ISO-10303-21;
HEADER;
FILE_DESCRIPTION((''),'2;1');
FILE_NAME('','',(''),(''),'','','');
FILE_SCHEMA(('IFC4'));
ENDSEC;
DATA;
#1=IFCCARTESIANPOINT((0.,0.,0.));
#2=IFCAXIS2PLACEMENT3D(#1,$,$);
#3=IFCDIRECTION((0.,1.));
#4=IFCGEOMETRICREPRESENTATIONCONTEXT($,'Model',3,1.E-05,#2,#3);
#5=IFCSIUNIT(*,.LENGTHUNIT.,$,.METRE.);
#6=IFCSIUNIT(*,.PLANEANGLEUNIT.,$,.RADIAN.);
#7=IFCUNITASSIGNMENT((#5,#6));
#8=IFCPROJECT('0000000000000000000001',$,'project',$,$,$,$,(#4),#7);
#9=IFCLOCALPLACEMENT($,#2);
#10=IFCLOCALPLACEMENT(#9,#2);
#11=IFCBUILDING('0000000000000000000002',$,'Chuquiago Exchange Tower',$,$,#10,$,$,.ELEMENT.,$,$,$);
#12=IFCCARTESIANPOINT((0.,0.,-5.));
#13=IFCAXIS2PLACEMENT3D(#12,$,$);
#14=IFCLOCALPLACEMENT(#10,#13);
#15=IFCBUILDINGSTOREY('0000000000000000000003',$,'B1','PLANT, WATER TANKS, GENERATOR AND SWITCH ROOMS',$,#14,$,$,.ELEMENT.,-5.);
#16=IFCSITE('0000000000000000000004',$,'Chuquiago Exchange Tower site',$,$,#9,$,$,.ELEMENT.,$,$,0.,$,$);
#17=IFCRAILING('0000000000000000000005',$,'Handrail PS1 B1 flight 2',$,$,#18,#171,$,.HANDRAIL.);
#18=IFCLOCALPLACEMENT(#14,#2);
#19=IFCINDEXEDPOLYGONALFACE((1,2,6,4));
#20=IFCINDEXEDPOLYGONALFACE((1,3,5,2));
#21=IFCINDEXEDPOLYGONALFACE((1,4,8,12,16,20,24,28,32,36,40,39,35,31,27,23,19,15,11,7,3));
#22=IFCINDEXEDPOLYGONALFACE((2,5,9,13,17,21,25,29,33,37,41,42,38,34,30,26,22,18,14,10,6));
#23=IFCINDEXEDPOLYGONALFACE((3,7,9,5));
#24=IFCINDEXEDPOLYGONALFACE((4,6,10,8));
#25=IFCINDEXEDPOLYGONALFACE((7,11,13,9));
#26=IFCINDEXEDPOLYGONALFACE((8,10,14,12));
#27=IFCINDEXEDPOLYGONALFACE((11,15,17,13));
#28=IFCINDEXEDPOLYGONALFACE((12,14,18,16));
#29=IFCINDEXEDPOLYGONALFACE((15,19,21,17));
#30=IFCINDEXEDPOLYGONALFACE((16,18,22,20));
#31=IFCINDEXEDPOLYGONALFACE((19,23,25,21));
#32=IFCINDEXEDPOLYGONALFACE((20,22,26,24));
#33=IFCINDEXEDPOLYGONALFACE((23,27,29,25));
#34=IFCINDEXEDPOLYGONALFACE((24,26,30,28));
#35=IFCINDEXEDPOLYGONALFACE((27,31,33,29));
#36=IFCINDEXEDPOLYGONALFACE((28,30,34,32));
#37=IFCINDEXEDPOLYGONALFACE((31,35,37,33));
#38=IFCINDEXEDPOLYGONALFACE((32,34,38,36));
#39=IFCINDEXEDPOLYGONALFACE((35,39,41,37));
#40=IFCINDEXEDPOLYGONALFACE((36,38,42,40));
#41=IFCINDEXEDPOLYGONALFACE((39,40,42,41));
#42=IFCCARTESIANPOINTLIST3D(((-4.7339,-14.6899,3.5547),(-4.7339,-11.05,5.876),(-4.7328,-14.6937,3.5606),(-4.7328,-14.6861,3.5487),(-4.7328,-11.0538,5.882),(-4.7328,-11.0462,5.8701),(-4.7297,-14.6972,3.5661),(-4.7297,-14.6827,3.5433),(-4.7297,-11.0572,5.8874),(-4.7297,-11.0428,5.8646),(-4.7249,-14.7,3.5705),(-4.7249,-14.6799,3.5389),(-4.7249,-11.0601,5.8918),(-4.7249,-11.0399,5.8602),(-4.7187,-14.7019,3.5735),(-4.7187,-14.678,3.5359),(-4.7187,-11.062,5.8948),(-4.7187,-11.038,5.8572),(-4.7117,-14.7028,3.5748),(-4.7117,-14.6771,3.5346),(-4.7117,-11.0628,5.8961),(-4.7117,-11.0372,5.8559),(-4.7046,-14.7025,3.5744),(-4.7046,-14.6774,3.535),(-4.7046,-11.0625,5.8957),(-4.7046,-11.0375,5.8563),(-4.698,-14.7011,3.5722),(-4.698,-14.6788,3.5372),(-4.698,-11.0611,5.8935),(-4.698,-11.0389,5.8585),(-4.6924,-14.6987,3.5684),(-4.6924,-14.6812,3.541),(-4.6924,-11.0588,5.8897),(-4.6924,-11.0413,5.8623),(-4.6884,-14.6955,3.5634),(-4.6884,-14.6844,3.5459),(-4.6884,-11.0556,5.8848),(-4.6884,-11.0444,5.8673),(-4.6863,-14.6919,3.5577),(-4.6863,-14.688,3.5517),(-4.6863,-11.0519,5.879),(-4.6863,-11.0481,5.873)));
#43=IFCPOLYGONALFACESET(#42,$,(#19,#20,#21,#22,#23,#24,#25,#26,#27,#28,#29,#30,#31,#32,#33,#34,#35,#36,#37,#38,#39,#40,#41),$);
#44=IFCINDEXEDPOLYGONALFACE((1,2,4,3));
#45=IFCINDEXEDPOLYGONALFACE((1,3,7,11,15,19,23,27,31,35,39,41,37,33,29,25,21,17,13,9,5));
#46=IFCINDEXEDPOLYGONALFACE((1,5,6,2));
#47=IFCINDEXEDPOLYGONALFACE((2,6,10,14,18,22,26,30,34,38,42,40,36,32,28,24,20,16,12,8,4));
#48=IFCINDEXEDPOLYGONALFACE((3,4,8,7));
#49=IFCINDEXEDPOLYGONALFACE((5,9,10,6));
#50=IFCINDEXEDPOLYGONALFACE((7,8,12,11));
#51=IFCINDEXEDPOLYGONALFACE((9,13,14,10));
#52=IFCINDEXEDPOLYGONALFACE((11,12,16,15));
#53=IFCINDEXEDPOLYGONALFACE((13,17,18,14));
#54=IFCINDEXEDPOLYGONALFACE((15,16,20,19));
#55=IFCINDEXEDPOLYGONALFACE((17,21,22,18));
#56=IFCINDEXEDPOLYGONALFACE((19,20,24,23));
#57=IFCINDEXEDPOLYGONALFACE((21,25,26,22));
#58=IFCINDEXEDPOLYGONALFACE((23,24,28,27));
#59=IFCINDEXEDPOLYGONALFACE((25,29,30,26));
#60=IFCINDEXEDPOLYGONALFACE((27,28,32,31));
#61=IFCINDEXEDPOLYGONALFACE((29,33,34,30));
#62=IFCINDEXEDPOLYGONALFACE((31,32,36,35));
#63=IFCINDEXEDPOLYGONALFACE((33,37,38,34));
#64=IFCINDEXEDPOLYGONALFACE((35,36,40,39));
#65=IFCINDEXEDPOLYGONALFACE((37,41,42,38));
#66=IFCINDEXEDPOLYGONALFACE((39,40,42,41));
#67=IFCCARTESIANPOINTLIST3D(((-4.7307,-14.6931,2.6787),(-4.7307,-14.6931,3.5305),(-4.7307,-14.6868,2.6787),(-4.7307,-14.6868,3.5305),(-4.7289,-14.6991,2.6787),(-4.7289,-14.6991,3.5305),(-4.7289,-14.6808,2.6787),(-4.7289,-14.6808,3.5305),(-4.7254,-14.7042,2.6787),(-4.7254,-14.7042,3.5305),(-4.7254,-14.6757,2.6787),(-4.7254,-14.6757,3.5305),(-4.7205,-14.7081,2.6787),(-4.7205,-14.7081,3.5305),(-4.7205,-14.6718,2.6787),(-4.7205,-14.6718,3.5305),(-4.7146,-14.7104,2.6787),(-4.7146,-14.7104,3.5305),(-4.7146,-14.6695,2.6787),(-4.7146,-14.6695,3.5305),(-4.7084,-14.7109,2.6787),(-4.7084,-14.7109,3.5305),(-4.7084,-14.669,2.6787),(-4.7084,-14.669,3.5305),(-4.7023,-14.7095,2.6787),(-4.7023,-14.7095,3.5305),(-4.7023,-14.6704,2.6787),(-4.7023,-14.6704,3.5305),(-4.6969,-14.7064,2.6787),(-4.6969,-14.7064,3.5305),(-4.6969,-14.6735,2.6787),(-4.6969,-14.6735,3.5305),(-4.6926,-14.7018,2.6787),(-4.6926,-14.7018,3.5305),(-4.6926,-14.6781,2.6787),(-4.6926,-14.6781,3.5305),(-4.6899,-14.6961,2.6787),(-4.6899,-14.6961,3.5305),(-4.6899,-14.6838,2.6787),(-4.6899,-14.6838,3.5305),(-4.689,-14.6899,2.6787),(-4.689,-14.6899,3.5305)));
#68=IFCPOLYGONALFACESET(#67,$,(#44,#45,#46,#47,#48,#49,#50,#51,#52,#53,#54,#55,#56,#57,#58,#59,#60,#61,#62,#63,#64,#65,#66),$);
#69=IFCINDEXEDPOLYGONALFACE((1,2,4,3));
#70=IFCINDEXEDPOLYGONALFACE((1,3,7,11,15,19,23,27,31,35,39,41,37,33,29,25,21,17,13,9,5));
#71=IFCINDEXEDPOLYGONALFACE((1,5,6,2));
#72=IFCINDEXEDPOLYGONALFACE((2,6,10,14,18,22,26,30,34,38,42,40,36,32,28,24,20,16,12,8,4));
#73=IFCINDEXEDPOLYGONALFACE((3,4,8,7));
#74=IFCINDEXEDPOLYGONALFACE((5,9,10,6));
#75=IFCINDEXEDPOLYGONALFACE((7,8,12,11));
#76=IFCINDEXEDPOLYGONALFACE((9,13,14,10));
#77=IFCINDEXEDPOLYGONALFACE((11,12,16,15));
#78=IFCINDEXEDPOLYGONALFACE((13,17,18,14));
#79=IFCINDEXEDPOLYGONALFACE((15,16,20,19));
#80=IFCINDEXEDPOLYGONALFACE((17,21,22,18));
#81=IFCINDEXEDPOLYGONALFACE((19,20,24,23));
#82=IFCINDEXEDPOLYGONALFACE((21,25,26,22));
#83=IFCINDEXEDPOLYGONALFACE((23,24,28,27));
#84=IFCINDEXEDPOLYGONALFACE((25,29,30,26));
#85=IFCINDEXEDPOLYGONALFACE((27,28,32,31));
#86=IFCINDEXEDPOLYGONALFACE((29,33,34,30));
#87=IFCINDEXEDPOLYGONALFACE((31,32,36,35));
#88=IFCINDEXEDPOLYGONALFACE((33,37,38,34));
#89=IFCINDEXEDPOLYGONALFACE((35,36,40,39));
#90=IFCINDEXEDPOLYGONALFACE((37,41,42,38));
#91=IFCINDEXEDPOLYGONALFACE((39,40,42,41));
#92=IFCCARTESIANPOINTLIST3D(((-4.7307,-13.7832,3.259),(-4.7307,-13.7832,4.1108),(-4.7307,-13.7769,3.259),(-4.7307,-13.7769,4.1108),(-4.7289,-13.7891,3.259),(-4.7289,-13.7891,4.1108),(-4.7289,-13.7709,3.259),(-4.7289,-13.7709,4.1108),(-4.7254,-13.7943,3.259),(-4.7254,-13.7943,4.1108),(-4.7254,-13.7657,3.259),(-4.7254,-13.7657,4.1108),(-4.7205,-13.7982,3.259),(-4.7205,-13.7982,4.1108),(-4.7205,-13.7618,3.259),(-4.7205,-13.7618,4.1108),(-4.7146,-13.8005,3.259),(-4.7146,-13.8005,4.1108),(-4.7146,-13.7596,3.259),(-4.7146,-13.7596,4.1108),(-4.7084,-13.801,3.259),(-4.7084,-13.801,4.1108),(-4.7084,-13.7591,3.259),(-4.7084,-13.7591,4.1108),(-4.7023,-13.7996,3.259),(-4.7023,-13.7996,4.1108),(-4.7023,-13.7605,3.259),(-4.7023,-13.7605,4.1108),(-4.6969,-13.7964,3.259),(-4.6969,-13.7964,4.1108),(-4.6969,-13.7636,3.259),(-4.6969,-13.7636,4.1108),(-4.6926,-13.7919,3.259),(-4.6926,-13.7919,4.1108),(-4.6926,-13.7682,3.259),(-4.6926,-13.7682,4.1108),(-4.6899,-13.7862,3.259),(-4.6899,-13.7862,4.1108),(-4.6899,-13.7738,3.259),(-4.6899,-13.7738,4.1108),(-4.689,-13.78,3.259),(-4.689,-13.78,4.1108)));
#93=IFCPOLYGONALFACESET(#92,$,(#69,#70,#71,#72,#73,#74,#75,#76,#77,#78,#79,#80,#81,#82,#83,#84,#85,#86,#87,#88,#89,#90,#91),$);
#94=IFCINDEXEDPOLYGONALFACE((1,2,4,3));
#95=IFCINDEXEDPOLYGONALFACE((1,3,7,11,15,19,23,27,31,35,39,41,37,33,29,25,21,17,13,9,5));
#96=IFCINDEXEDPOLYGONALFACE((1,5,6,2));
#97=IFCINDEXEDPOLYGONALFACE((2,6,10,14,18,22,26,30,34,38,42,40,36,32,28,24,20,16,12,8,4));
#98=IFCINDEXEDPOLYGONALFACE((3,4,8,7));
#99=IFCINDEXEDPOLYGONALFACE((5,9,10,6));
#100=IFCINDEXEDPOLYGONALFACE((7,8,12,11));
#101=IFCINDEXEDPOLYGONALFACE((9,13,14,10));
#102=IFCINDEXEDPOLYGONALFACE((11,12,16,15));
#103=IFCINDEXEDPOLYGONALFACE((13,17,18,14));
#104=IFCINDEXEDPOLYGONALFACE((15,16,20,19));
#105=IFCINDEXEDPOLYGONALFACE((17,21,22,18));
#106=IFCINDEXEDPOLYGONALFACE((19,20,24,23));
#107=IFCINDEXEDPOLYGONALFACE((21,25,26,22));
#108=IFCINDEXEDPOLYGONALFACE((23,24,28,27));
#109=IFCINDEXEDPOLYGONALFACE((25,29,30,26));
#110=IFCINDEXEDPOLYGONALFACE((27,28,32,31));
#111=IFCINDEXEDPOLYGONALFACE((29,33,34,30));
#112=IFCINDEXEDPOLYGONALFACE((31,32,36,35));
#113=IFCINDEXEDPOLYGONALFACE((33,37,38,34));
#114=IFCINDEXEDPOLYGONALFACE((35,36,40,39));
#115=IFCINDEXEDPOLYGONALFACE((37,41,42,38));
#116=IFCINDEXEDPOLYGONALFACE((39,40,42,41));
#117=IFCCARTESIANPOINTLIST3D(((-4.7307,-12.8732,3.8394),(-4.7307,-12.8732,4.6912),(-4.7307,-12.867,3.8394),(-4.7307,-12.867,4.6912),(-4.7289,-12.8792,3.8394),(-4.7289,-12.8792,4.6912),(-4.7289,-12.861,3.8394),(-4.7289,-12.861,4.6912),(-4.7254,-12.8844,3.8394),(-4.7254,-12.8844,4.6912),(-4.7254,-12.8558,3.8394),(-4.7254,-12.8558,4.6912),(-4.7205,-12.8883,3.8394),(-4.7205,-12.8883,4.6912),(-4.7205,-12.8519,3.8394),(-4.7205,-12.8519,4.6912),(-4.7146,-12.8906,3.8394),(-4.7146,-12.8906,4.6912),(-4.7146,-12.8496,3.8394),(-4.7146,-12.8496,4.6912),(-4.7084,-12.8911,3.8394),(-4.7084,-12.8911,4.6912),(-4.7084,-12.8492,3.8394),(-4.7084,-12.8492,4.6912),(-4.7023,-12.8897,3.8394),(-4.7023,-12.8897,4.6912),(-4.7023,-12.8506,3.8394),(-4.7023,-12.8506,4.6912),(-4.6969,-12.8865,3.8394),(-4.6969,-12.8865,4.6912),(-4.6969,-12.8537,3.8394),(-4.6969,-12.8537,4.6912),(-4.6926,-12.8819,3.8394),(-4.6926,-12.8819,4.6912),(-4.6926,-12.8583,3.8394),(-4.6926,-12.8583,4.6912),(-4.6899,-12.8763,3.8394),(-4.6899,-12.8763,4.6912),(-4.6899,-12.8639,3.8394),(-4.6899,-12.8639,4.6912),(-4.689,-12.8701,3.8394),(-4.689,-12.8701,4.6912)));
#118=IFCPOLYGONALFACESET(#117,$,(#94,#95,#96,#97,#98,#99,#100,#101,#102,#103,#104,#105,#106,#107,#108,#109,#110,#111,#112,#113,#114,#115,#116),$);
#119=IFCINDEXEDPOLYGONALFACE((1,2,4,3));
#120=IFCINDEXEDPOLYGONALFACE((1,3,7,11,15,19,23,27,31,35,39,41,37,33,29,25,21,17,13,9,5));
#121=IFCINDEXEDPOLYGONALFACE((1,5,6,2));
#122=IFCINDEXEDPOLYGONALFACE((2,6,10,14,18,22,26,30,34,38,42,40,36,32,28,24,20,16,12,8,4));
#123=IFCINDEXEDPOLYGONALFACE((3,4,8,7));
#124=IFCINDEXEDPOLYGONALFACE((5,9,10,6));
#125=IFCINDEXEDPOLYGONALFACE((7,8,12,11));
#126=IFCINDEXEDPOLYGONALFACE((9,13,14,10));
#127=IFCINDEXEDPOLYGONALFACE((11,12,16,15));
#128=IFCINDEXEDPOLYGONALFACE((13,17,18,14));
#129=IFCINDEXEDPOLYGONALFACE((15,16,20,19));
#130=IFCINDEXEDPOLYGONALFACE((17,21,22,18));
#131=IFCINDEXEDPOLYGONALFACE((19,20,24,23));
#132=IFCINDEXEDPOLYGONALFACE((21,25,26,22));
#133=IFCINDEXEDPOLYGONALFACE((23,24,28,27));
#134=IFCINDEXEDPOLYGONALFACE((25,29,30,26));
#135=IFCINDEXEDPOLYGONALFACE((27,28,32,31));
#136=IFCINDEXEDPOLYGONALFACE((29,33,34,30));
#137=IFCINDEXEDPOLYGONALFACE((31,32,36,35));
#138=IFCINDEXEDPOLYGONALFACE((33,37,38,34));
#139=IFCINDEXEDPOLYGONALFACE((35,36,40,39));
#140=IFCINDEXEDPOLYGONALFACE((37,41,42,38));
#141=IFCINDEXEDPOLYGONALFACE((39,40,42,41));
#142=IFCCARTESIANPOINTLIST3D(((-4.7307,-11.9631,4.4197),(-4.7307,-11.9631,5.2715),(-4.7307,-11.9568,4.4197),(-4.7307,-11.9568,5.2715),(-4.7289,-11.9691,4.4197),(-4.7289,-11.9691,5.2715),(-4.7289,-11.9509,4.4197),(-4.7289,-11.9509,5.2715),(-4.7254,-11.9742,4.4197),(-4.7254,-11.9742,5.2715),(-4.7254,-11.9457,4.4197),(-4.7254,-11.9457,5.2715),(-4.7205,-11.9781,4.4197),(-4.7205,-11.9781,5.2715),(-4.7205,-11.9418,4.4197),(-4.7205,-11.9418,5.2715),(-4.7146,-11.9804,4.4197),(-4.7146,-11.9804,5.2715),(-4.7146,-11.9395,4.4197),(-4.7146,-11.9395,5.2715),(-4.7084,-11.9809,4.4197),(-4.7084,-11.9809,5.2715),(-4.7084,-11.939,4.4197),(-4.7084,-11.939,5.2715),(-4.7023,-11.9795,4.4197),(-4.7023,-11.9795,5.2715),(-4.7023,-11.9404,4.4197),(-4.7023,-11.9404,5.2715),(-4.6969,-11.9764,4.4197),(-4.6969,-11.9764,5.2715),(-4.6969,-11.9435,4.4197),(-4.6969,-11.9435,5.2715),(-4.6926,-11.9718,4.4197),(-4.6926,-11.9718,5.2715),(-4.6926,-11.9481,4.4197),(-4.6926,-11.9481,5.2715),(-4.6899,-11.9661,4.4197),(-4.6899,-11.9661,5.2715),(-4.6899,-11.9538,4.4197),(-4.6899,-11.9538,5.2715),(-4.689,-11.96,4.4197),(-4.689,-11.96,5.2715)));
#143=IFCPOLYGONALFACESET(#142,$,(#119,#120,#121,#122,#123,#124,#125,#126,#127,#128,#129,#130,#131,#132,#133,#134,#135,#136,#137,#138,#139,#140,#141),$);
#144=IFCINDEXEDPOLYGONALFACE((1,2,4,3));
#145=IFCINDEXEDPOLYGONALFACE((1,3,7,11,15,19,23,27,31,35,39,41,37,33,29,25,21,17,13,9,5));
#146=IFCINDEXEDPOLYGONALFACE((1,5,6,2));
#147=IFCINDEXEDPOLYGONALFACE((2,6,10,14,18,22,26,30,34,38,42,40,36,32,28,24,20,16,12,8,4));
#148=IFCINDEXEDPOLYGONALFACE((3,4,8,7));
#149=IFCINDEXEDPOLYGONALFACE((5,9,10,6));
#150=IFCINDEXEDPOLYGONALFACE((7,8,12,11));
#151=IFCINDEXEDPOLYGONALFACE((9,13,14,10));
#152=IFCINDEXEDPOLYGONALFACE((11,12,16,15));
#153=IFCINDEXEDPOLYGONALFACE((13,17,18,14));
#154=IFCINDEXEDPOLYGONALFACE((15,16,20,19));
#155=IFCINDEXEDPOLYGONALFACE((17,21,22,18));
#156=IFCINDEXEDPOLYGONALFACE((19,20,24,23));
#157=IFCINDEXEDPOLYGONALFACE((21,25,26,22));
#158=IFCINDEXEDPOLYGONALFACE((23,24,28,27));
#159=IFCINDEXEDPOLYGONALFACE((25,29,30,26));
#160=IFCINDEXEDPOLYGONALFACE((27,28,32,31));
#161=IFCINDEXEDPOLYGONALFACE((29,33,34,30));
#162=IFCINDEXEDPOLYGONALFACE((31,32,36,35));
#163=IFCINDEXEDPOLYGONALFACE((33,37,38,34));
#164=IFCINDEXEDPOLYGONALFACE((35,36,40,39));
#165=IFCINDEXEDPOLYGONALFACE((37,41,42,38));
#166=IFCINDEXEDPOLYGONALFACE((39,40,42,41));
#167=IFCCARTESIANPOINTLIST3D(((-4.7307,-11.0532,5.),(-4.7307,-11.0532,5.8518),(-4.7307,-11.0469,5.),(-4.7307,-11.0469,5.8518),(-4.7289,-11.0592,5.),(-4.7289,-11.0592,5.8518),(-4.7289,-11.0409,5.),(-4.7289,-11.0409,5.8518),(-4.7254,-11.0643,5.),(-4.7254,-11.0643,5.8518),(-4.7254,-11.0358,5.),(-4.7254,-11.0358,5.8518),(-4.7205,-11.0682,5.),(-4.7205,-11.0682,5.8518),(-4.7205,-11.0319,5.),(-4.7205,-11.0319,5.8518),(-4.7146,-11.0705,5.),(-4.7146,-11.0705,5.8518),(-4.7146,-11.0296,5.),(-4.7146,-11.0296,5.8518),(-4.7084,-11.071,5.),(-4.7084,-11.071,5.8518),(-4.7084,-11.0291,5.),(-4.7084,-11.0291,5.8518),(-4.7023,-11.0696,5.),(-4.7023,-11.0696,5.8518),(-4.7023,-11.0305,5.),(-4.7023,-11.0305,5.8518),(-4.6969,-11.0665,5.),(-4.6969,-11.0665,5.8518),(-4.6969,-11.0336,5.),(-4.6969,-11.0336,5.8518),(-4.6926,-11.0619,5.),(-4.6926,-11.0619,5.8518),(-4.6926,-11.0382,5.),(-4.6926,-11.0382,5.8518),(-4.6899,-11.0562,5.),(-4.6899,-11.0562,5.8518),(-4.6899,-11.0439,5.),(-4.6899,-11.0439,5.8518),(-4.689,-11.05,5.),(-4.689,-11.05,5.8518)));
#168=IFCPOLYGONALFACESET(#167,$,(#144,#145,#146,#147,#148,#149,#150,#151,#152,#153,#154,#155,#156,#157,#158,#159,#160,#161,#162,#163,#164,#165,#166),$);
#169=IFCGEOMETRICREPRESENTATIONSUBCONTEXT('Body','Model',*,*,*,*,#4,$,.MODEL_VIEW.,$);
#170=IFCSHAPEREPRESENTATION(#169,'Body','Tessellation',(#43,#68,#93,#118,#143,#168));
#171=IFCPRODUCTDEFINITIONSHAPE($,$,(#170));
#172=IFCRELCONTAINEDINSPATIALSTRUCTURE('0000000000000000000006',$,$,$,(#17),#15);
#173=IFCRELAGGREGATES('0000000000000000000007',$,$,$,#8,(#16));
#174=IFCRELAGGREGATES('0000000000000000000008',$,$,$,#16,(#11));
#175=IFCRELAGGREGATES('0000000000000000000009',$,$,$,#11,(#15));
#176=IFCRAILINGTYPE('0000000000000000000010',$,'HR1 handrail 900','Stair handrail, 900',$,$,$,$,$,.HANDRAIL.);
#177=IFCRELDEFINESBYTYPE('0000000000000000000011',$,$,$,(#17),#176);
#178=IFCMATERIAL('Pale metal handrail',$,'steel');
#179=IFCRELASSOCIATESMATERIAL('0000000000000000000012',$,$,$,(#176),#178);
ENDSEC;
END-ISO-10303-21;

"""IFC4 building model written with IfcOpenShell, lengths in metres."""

from ifc_helpers import new_model, si_unit, direction, frame, origin, origin_2d, place, context, subcontext, project, spatial, circle, extrude, material, type_object, element, save


model = new_model("IFC4")

# Units and contexts
model_context = context("Model", 3, precision=1e-05, world=origin(), true_north=direction((0.0, 1.0)))
body_context = subcontext(model_context, "Body", "Model", "MODEL_VIEW")
ifc_project = project(units=[si_unit("LENGTHUNIT", "METRE"), si_unit("PLANEANGLEUNIT", "RADIAN")], contexts=[model_context])

# Site, building, storey
site_placement = place(None, origin())
site = spatial("IfcSite", under=ifc_project, at=site_placement, Name="Chuquiago Exchange Tower site", CompositionType="ELEMENT", RefElevation=0.0)
building_placement = place(site_placement, origin())
building = spatial("IfcBuilding", under=site, at=building_placement, Name="Chuquiago Exchange Tower", CompositionType="ELEMENT")
storey_placement = place(building_placement, frame((0.0, 0.0, -5.0)))
storey = spatial("IfcBuildingStorey", under=building, at=storey_placement, Name="B1", Description="PLANT, WATER TANKS, GENERATOR AND SWITCH ROOMS", CompositionType="ELEMENT", Elevation=-5.0)

# Railing
ifc_material_1 = material(Name="Pale metal handrail", Category="steel")
railing_type = type_object("IfcRailingType", Name="HR1 handrail 900", Description="Stair handrail, 900", PredefinedType="HANDRAIL", material=ifc_material_1)
for number, where, name in (
    (1, (-4.71, -14.6899, 2.6787), "Handrail PS1 B1 flight 2"),
):
    element("IfcRailing", number, at=place(storey_placement, frame(where)), inside=storey, type_object=railing_type, Name=name, PredefinedType="HANDRAIL", context=body_context, shape_type="SweptSolid", body=[
        extrude(circle(Radius=0.0239, at=origin_2d()), frame((0.0, 0.0, 0.876), z_axis=(0.0, 0.843137, 0.537699), x_axis=(-1.0, 0.0, 0.0)), (0.0, 0.0, 1.0), 4.3171),
        extrude(circle(Radius=0.021, at=origin_2d()), origin(), (0.0, 0.0, 1.0), 0.8518),
        extrude(circle(Radius=0.021, at=origin_2d()), frame((0.0, 0.9099, 0.5803)), (0.0, 0.0, 1.0), 0.8518),
        extrude(circle(Radius=0.021, at=origin_2d()), frame((0.0, 1.8198, 1.1606)), (0.0, 0.0, 1.0), 0.8518),
        extrude(circle(Radius=0.021, at=origin_2d()), frame((0.0, 2.73, 1.741)), (0.0, 0.0, 1.0), 0.8518),
        extrude(circle(Radius=0.021, at=origin_2d()), frame((0.0, 3.6399, 2.3213)), (0.0, 0.0, 1.0), 0.8518),
    ])

save(model, "model.ifc")
